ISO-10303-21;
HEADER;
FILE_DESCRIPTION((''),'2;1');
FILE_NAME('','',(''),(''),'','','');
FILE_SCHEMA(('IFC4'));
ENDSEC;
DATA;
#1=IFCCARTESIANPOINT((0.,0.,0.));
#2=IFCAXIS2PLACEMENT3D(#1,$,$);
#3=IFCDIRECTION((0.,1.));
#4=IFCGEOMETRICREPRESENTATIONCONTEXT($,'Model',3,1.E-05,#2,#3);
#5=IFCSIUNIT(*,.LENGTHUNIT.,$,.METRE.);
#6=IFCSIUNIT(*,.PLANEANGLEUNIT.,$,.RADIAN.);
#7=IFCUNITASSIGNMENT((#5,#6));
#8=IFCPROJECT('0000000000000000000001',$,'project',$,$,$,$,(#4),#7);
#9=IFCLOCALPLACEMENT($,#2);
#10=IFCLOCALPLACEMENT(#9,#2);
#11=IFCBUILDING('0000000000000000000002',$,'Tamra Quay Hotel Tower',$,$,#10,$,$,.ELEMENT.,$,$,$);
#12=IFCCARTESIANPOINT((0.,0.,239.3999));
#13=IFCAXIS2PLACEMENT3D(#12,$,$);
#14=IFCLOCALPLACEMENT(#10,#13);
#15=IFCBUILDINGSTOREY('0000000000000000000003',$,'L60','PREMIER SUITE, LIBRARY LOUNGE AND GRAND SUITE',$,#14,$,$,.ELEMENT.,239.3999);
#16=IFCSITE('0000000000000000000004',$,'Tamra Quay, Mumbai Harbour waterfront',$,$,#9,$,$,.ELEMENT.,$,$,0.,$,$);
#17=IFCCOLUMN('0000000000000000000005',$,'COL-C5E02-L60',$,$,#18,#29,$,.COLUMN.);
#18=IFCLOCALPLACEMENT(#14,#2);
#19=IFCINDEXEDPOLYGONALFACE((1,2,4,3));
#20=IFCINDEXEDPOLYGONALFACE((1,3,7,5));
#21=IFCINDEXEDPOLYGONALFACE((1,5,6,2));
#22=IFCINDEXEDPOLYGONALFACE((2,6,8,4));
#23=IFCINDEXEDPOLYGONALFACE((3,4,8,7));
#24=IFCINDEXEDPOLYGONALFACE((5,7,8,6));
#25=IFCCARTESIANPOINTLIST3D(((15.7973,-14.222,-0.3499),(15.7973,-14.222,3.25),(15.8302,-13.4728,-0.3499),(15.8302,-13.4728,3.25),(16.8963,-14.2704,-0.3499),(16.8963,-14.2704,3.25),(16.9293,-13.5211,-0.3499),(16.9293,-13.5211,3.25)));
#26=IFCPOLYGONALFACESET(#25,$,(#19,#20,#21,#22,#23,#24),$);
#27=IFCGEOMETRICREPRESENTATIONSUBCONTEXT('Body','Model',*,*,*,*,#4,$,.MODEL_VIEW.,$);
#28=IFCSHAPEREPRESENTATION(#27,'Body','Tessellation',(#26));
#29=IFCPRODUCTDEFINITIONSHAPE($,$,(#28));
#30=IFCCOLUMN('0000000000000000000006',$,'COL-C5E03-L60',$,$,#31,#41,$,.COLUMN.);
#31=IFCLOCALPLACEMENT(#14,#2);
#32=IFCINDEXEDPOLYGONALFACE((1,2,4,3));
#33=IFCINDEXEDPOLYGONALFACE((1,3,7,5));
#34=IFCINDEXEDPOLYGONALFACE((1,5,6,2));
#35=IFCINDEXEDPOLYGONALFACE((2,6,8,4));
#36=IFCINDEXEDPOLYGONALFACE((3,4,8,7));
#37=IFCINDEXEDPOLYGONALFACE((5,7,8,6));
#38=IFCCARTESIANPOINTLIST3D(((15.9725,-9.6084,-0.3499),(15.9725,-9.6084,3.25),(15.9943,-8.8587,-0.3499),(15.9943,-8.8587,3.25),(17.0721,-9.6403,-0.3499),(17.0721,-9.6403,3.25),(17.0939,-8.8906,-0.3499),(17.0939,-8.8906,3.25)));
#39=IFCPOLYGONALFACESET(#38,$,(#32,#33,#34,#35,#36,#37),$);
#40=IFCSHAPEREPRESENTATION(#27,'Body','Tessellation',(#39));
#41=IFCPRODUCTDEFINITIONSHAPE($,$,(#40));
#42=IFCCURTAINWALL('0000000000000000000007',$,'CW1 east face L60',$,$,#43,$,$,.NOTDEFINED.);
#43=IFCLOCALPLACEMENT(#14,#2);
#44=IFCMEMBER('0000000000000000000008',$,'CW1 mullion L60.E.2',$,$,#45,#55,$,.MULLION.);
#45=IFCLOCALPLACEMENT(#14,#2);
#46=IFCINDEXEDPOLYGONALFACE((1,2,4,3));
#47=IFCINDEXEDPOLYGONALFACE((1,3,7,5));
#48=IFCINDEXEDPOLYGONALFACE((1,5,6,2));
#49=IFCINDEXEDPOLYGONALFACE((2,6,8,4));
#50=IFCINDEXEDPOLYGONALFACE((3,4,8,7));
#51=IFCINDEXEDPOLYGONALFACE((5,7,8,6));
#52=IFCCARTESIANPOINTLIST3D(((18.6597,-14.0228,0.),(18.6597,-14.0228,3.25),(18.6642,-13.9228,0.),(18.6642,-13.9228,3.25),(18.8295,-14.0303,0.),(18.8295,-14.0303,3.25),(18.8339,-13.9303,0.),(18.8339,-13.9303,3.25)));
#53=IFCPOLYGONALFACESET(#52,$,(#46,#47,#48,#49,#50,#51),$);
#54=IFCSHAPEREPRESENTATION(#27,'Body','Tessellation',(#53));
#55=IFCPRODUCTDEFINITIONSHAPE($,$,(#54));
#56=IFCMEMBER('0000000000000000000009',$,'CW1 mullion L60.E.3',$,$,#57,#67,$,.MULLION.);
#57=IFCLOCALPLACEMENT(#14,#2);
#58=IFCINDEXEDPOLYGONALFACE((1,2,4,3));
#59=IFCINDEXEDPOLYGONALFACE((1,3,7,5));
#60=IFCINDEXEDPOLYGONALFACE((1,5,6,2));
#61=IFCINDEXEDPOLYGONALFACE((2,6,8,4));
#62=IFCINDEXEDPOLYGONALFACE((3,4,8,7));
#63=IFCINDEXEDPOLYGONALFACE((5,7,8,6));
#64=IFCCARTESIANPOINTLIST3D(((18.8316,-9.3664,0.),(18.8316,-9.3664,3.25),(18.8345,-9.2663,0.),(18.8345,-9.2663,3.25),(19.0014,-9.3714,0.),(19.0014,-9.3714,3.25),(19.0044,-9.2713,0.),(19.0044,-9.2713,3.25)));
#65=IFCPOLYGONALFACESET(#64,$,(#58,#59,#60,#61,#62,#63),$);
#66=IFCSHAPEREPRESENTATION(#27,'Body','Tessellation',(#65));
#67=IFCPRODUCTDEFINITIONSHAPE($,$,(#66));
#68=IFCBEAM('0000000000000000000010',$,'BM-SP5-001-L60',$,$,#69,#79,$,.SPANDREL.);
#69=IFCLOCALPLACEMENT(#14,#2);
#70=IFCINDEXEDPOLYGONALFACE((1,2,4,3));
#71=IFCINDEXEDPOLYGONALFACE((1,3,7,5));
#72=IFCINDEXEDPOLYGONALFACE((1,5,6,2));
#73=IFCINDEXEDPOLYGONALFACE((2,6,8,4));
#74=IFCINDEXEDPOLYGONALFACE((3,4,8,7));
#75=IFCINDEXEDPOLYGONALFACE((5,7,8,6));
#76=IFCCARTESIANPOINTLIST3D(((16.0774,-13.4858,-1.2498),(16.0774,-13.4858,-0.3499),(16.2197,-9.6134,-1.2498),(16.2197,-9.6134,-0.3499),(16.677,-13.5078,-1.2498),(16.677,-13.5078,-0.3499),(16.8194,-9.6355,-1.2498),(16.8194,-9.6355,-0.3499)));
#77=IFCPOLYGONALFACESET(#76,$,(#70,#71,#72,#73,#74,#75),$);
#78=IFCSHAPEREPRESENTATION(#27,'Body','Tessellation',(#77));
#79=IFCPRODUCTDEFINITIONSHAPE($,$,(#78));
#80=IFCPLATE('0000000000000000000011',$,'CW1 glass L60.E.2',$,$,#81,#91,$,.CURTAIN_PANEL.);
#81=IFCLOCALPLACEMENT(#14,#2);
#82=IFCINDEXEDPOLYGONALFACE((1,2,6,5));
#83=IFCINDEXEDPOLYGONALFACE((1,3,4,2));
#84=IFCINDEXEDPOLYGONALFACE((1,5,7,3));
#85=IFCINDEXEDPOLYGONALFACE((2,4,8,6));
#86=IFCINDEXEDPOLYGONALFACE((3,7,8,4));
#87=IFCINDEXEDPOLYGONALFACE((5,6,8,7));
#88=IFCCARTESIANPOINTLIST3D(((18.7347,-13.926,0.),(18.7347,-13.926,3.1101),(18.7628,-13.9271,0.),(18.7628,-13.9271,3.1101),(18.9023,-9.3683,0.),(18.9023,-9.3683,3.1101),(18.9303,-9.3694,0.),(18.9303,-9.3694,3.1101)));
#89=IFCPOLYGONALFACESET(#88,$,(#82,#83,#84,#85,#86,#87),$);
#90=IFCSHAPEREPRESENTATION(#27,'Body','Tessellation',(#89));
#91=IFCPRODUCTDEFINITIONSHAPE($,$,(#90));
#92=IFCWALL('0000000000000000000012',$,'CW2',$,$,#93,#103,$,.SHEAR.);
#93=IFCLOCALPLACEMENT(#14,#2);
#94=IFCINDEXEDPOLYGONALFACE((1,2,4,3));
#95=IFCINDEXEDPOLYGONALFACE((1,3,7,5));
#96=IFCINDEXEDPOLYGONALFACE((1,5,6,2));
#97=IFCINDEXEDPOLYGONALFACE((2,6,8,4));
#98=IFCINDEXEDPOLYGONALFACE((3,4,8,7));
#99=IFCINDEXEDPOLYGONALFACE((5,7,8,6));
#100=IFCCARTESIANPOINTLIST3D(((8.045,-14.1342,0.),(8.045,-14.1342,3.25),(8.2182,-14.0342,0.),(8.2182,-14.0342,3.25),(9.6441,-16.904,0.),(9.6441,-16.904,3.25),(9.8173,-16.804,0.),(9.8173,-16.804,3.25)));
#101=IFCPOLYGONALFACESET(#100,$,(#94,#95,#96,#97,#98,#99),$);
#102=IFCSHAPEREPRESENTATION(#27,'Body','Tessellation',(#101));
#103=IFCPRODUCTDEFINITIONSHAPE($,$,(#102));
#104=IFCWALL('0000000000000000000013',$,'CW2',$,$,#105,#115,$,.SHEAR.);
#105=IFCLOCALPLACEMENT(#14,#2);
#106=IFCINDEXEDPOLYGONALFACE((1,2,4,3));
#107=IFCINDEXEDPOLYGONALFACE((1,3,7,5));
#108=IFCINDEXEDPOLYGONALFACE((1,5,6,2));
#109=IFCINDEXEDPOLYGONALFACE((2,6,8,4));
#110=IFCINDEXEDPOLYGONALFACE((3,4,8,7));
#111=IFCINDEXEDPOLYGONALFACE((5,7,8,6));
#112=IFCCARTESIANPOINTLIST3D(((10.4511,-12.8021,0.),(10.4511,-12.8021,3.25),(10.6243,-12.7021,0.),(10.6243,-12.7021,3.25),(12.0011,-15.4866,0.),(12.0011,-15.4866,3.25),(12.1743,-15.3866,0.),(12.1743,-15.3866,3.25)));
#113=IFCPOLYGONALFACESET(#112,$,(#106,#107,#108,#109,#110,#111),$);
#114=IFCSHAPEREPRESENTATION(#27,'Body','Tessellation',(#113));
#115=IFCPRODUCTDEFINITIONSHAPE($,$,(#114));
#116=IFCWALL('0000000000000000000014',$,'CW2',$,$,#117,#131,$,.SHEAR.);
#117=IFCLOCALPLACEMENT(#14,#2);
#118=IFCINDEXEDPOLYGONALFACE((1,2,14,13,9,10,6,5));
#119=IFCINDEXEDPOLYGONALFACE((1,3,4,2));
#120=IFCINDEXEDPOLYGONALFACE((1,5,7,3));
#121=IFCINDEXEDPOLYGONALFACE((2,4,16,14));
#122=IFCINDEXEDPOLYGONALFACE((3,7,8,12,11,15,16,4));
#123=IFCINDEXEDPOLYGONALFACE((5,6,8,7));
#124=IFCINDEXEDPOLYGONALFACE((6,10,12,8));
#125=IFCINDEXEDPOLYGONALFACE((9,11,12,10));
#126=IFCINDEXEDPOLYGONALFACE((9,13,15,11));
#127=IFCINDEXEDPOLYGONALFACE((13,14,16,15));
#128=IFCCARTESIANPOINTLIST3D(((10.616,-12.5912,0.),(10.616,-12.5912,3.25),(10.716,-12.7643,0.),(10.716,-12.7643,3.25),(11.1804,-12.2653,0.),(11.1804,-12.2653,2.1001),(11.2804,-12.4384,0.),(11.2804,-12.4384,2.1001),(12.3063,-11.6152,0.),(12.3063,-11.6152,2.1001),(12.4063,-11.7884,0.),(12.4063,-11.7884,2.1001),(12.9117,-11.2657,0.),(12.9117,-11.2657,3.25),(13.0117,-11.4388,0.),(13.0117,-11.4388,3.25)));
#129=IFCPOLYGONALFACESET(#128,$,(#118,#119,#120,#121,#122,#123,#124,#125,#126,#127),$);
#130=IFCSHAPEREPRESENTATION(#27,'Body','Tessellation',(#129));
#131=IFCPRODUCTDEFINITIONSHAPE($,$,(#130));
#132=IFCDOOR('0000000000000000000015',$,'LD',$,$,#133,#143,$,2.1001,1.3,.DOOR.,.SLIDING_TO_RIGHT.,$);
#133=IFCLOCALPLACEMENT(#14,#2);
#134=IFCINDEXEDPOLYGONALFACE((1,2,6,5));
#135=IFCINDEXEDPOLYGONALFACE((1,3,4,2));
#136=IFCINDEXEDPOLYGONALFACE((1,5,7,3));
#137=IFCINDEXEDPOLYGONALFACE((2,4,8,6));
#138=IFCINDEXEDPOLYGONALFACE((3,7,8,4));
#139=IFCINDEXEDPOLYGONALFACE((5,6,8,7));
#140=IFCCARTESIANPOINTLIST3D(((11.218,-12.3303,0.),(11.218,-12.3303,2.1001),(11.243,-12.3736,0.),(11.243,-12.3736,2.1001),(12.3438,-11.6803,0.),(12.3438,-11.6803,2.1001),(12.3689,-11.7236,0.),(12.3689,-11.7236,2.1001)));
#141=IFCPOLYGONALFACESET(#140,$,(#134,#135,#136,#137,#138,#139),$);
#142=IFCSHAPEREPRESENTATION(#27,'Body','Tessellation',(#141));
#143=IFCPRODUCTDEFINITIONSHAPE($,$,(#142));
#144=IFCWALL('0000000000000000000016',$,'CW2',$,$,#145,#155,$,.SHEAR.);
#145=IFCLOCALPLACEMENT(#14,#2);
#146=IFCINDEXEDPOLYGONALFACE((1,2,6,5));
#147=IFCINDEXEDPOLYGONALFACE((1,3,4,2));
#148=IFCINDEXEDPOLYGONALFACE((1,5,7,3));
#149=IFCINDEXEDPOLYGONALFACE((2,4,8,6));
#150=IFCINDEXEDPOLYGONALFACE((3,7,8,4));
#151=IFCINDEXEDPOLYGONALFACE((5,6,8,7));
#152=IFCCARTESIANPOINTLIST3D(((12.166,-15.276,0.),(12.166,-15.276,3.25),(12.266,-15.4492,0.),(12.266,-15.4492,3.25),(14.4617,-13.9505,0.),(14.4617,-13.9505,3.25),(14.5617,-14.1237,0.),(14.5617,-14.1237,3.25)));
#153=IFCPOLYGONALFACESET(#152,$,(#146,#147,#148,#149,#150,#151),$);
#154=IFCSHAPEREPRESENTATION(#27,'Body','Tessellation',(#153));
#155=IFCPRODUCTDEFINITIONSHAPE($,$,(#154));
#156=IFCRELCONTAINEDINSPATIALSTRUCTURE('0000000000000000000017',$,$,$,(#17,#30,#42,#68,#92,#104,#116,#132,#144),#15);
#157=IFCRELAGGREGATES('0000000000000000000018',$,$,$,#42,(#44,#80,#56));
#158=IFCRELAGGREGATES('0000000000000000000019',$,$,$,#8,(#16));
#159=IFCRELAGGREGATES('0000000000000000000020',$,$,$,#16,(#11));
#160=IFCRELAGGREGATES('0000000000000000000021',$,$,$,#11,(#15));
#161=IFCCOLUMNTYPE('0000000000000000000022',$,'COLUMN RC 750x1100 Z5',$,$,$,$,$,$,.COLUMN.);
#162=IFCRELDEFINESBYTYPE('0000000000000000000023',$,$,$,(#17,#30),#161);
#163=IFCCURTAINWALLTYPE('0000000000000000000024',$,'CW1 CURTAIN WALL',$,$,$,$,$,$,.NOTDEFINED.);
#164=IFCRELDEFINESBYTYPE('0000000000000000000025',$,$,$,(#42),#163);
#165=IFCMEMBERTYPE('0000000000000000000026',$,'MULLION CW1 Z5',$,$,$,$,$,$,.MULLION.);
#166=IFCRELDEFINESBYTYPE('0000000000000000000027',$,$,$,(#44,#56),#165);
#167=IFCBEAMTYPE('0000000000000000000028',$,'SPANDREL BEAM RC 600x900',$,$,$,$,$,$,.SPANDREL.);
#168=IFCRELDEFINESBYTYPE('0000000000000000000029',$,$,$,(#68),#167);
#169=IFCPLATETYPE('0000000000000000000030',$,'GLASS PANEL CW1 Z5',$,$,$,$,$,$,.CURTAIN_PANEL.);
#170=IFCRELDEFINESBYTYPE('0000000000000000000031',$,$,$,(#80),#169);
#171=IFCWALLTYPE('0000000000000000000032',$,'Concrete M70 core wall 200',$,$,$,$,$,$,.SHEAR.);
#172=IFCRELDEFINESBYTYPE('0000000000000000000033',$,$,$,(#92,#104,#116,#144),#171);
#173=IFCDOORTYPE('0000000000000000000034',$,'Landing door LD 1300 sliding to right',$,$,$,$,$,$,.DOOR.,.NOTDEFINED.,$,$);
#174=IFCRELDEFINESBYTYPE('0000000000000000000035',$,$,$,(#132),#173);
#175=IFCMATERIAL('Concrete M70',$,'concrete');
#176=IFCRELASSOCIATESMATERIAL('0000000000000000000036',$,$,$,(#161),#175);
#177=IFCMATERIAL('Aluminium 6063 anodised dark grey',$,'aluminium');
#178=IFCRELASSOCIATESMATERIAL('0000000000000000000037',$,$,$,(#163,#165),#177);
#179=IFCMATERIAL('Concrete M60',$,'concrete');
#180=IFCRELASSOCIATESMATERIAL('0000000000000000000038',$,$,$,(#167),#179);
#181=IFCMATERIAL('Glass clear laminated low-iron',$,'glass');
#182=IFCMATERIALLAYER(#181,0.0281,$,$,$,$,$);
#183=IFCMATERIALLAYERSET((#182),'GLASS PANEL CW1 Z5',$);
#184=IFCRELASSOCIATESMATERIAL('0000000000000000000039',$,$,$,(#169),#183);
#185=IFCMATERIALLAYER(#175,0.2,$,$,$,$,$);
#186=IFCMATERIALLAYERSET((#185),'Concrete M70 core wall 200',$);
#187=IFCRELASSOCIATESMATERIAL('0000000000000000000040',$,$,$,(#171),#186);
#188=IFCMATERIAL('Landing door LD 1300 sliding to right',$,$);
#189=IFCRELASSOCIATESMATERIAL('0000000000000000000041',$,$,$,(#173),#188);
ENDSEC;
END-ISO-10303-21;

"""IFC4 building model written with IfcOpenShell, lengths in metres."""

from ifc_helpers import new_model, si_unit, direction, frame, frame_2d, origin, origin_2d, place, context, subcontext, project, spatial, rectangle, extrude, material, layer, layer_set, material_profile, profile_set, type_object, element, fill, aggregate, save


model = new_model("IFC4")

# Units and contexts
model_context = context("Model", 3, precision=1e-05, world=origin(), true_north=direction((0.0, 1.0)))
body_context = subcontext(model_context, "Body", "Model", "MODEL_VIEW")
ifc_project = project(units=[si_unit("LENGTHUNIT", "METRE"), si_unit("PLANEANGLEUNIT", "RADIAN")], contexts=[model_context])

# Site, building, storey
site_placement = place(None, origin())
site = spatial("IfcSite", under=ifc_project, at=site_placement, Name="Tamra Quay, Mumbai Harbour waterfront", CompositionType="ELEMENT", RefElevation=0.0)
building_placement = place(site_placement, origin())
building = spatial("IfcBuilding", under=site, at=building_placement, Name="Tamra Quay Hotel Tower", CompositionType="ELEMENT")
storey_placement = place(building_placement, frame((0.0, 0.0, 239.3999)))
storey = spatial("IfcBuildingStorey", under=building, at=storey_placement, Name="L60", Description="PREMIER SUITE, LIBRARY LOUNGE AND GRAND SUITE", CompositionType="ELEMENT", Elevation=239.3999)

# Columns
ifc_material_1 = material(Name="Concrete M70", Category="concrete")
ifc_material_profile_1 = material_profile(ifc_material_1, rectangle(XDim=1.1001, YDim=0.75, at=origin_2d()), Name="COLUMN RC 750x1100 Z5")
ifc_profile_set_1 = profile_set([ifc_material_profile_1], Name="Concrete M70")
column_type = type_object("IfcColumnType", Name="COLUMN RC 750x1100 Z5", PredefinedType="COLUMN", material=ifc_profile_set_1)
for number, where, z_axis, x_axis, name in (
    (1, (16.3633, -13.8716, -0.3499), (0.0, 0.0, 1.0), (-0.999033, 0.043958, 0.0), "COL-C5E02-L60"),
    (2, (16.5332, -9.2495, -0.3499), (0.0, 0.0, 1.0), (-0.999579, 0.029028, 0.0), "COL-C5E03-L60"),
):
    element("IfcColumn", number, at=place(storey_placement, frame(where, z_axis=z_axis, x_axis=x_axis)), inside=storey, type_object=column_type, Name=name, PredefinedType="COLUMN", context=body_context, shape_type="SweptSolid", body=[
        extrude(rectangle(XDim=1.1001, YDim=0.75, at=origin_2d()), origin(), (0.0, 0.0, 1.0), 3.5999),
    ])

# Curtain wall, members
ifc_material_2 = material(Name="Aluminium 6063 anodised dark grey", Category="aluminium")
curtain_wall_type = type_object("IfcCurtainWallType", Name="CW1 CURTAIN WALL", PredefinedType="NOTDEFINED", material=ifc_material_2)
curtain_wall_placement = place(storey_placement, origin())
curtain_wall = element("IfcCurtainWall", 3, at=curtain_wall_placement, inside=storey, type_object=curtain_wall_type, Name="CW1 east face L60", PredefinedType="NOTDEFINED")
ifc_material_profile_2 = material_profile(ifc_material_2, rectangle(XDim=0.1699, YDim=0.1001, at=origin_2d()), Name="MULLION 100X170")
ifc_profile_set_2 = profile_set([ifc_material_profile_2], Name="Aluminium 6063 anodised dark grey")
member_type = type_object("IfcMemberType", Name="MULLION CW1 Z5", PredefinedType="MULLION", material=ifc_profile_set_2)
member_1_placement = place(storey_placement, frame((18.7468, -13.9766, 0.0), z_axis=(0.0, 0.0, 1.0), x_axis=(0.999028, -0.044075, 0.0)))
member_1 = element("IfcMember", 4, at=member_1_placement, type_object=member_type, Name="CW1 mullion L60.E.2", PredefinedType="MULLION", context=body_context, shape_type="SweptSolid", body=[
    extrude(rectangle(XDim=0.1699, YDim=0.1001, at=origin_2d()), origin(), (0.0, 0.0, 1.0), 3.25),
])
member_2_placement = place(storey_placement, frame((18.918, -9.3188, 0.0), z_axis=(0.0, 0.0, 1.0), x_axis=(0.999568, -0.029404, 0.0)))
member_2 = element("IfcMember", 5, at=member_2_placement, type_object=member_type, Name="CW1 mullion L60.E.3", PredefinedType="MULLION", context=body_context, shape_type="SweptSolid", body=[
    extrude(rectangle(XDim=0.1699, YDim=0.1001, at=origin_2d()), origin(), (0.0, 0.0, 1.0), 3.25),
])

# Beam
ifc_material_3 = material(Name="Concrete M60", Category="concrete")
ifc_material_profile_3 = material_profile(ifc_material_3, rectangle(XDim=0.6001, YDim=0.8999, at=origin_2d()), Name="SPANDREL BEAM RC 600x900")
ifc_profile_set_3 = profile_set([ifc_material_profile_3], Name="Concrete M60")
beam_type = type_object("IfcBeamType", Name="SPANDREL BEAM RC 600x900", PredefinedType="SPANDREL", material=ifc_profile_set_3)
beam_placement = place(storey_placement, frame((16.3772, -13.4968, -0.7998), z_axis=(0.036732, 0.999325, 0.0), x_axis=(-0.999325, 0.036732, 0.0)))
element("IfcBeam", 6, at=beam_placement, inside=storey, type_object=beam_type, Name="BM-SP5-001-L60", PredefinedType="SPANDREL", context=body_context, shape_type="SweptSolid", body=[
    extrude(rectangle(XDim=0.6001, YDim=0.8999, at=origin_2d()), origin(), (0.0, 0.0, 1.0), 3.875),
])

# Plate
ifc_material_4 = material(Name="Glass clear laminated low-iron", Category="glass")
ifc_layer_1 = layer(ifc_material_4, 0.0281)
ifc_layer_set_1 = layer_set([ifc_layer_1], Name="GLASS PANEL CW1 Z5")
plate_type = type_object("IfcPlateType", Name="GLASS PANEL CW1 Z5", PredefinedType="CURTAIN_PANEL", material=ifc_layer_set_1)
plate_placement = place(storey_placement, frame((18.8325, -11.6477, 0.0), z_axis=(0.0, 0.0, 1.0), x_axis=(0.036744, 0.999325, 0.0)))
plate = element("IfcPlate", 7, at=plate_placement, type_object=plate_type, Name="CW1 glass L60.E.2", PredefinedType="CURTAIN_PANEL", context=body_context, shape_type="SweptSolid", body=[
    extrude(rectangle(XDim=4.5608, YDim=0.0281, at=origin_2d()), origin(), (0.0, 0.0, 1.0), 3.1101),
])
aggregate(curtain_wall, [member_1, plate, member_2])

# Walls
ifc_layer_2 = layer(ifc_material_1, 0.2)
ifc_layer_set_2 = layer_set([ifc_layer_2], Name="Concrete M70 core wall 200")
wall_type_1 = type_object("IfcWallType", Name="Concrete M70 core wall 200", PredefinedType="SHEAR", material=ifc_layer_set_2)
wall_1_placement = place(storey_placement, frame((8.1316, -14.0842, 0.0), z_axis=(0.0, 0.0, 1.0), x_axis=(0.499998, -0.866027, 0.0)))
element("IfcWall", 8, at=wall_1_placement, inside=storey, type_object=wall_type_1, Name="CW2", PredefinedType="SHEAR", context=body_context, shape_type="SweptSolid", body=[
    extrude(rectangle(XDim=3.1982, YDim=0.2, at=frame_2d((1.5991, 0.0))), origin(), (0.0, 0.0, 1.0), 3.25),
])
wall_2_placement = place(storey_placement, frame((12.0876, -15.4365, 0.0), z_axis=(0.0, 0.0, 1.0), x_axis=(-0.500027, 0.86601, 0.0)))
element("IfcWall", 9, at=wall_2_placement, inside=storey, type_object=wall_type_1, Name="CW2", PredefinedType="SHEAR", context=body_context, shape_type="SweptSolid", body=[
    extrude(rectangle(XDim=3.0999, YDim=0.2, at=frame_2d((1.5498, 0.0))), origin(), (0.0, 0.0, 1.0), 3.25),
])

# Wall, opening, door
wall_3_placement = place(storey_placement, frame((10.666, -12.6777, 0.0), z_axis=(0.0, 0.0, 1.0), x_axis=(0.866018, 0.500012, 0.0)))
wall_3 = element("IfcWall", 10, at=wall_3_placement, inside=storey, type_object=wall_type_1, Name="CW2", PredefinedType="SHEAR", context=body_context, shape_type="SweptSolid", body=[
    extrude(rectangle(XDim=2.6509, YDim=0.2, at=frame_2d((1.3254, 0.0))), origin(), (0.0, 0.0, 1.0), 3.25),
])
opening_1_placement = place(wall_3_placement, frame((0.6519, 0.0, 0.0)))
opening_1 = element("IfcOpeningElement", 11, at=opening_1_placement, cuts=wall_3, PredefinedType="OPENING", context=body_context, shape_type="SweptSolid", body=[
    extrude(rectangle(XDim=1.3, YDim=2.1001, at=frame_2d((0.6499, 1.05))), frame((0.0, 0.1099, 0.0), z_axis=(0.0, -1.0, 0.0), x_axis=(1.0, 0.0, 0.0)), (0.0, 0.0, 1.0), 0.22),
])
ifc_material_5 = material(Name="Landing door LD 1300 sliding to right")
door_type_1 = type_object("IfcDoorType", Name="Landing door LD 1300 sliding to right", OperationType="NOTDEFINED", PredefinedType="DOOR", material=ifc_material_5)
door_1_placement = place(opening_1_placement, origin())
door_1 = element("IfcDoor", 12, at=door_1_placement, inside=storey, type_object=door_type_1, Name="LD", OperationType="SLIDING_TO_RIGHT", OverallHeight=2.1001, OverallWidth=1.3, PredefinedType="DOOR", context=body_context, shape_type="SweptSolid", body=[
    extrude(rectangle(XDim=1.3, YDim=2.1001, at=frame_2d((0.6499, 1.05))), frame((0.0, 0.0249, 0.0), z_axis=(0.0, -1.0, 0.0), x_axis=(1.0, 0.0, 0.0)), (0.0, 0.0, 1.0), 0.05),
])
fill(opening_1, door_1)

# Wall
wall_4_placement = place(storey_placement, frame((14.5117, -14.0371, 0.0), z_axis=(0.0, 0.0, 1.0), x_axis=(-0.866018, -0.500012, 0.0)))
element("IfcWall", 13, at=wall_4_placement, inside=storey, type_object=wall_type_1, Name="CW2", PredefinedType="SHEAR", context=body_context, shape_type="SweptSolid", body=[
    extrude(rectangle(XDim=2.6509, YDim=0.2, at=frame_2d((1.3254, 0.0))), origin(), (0.0, 0.0, 1.0), 3.25),
])

save(model, "model.ifc")
